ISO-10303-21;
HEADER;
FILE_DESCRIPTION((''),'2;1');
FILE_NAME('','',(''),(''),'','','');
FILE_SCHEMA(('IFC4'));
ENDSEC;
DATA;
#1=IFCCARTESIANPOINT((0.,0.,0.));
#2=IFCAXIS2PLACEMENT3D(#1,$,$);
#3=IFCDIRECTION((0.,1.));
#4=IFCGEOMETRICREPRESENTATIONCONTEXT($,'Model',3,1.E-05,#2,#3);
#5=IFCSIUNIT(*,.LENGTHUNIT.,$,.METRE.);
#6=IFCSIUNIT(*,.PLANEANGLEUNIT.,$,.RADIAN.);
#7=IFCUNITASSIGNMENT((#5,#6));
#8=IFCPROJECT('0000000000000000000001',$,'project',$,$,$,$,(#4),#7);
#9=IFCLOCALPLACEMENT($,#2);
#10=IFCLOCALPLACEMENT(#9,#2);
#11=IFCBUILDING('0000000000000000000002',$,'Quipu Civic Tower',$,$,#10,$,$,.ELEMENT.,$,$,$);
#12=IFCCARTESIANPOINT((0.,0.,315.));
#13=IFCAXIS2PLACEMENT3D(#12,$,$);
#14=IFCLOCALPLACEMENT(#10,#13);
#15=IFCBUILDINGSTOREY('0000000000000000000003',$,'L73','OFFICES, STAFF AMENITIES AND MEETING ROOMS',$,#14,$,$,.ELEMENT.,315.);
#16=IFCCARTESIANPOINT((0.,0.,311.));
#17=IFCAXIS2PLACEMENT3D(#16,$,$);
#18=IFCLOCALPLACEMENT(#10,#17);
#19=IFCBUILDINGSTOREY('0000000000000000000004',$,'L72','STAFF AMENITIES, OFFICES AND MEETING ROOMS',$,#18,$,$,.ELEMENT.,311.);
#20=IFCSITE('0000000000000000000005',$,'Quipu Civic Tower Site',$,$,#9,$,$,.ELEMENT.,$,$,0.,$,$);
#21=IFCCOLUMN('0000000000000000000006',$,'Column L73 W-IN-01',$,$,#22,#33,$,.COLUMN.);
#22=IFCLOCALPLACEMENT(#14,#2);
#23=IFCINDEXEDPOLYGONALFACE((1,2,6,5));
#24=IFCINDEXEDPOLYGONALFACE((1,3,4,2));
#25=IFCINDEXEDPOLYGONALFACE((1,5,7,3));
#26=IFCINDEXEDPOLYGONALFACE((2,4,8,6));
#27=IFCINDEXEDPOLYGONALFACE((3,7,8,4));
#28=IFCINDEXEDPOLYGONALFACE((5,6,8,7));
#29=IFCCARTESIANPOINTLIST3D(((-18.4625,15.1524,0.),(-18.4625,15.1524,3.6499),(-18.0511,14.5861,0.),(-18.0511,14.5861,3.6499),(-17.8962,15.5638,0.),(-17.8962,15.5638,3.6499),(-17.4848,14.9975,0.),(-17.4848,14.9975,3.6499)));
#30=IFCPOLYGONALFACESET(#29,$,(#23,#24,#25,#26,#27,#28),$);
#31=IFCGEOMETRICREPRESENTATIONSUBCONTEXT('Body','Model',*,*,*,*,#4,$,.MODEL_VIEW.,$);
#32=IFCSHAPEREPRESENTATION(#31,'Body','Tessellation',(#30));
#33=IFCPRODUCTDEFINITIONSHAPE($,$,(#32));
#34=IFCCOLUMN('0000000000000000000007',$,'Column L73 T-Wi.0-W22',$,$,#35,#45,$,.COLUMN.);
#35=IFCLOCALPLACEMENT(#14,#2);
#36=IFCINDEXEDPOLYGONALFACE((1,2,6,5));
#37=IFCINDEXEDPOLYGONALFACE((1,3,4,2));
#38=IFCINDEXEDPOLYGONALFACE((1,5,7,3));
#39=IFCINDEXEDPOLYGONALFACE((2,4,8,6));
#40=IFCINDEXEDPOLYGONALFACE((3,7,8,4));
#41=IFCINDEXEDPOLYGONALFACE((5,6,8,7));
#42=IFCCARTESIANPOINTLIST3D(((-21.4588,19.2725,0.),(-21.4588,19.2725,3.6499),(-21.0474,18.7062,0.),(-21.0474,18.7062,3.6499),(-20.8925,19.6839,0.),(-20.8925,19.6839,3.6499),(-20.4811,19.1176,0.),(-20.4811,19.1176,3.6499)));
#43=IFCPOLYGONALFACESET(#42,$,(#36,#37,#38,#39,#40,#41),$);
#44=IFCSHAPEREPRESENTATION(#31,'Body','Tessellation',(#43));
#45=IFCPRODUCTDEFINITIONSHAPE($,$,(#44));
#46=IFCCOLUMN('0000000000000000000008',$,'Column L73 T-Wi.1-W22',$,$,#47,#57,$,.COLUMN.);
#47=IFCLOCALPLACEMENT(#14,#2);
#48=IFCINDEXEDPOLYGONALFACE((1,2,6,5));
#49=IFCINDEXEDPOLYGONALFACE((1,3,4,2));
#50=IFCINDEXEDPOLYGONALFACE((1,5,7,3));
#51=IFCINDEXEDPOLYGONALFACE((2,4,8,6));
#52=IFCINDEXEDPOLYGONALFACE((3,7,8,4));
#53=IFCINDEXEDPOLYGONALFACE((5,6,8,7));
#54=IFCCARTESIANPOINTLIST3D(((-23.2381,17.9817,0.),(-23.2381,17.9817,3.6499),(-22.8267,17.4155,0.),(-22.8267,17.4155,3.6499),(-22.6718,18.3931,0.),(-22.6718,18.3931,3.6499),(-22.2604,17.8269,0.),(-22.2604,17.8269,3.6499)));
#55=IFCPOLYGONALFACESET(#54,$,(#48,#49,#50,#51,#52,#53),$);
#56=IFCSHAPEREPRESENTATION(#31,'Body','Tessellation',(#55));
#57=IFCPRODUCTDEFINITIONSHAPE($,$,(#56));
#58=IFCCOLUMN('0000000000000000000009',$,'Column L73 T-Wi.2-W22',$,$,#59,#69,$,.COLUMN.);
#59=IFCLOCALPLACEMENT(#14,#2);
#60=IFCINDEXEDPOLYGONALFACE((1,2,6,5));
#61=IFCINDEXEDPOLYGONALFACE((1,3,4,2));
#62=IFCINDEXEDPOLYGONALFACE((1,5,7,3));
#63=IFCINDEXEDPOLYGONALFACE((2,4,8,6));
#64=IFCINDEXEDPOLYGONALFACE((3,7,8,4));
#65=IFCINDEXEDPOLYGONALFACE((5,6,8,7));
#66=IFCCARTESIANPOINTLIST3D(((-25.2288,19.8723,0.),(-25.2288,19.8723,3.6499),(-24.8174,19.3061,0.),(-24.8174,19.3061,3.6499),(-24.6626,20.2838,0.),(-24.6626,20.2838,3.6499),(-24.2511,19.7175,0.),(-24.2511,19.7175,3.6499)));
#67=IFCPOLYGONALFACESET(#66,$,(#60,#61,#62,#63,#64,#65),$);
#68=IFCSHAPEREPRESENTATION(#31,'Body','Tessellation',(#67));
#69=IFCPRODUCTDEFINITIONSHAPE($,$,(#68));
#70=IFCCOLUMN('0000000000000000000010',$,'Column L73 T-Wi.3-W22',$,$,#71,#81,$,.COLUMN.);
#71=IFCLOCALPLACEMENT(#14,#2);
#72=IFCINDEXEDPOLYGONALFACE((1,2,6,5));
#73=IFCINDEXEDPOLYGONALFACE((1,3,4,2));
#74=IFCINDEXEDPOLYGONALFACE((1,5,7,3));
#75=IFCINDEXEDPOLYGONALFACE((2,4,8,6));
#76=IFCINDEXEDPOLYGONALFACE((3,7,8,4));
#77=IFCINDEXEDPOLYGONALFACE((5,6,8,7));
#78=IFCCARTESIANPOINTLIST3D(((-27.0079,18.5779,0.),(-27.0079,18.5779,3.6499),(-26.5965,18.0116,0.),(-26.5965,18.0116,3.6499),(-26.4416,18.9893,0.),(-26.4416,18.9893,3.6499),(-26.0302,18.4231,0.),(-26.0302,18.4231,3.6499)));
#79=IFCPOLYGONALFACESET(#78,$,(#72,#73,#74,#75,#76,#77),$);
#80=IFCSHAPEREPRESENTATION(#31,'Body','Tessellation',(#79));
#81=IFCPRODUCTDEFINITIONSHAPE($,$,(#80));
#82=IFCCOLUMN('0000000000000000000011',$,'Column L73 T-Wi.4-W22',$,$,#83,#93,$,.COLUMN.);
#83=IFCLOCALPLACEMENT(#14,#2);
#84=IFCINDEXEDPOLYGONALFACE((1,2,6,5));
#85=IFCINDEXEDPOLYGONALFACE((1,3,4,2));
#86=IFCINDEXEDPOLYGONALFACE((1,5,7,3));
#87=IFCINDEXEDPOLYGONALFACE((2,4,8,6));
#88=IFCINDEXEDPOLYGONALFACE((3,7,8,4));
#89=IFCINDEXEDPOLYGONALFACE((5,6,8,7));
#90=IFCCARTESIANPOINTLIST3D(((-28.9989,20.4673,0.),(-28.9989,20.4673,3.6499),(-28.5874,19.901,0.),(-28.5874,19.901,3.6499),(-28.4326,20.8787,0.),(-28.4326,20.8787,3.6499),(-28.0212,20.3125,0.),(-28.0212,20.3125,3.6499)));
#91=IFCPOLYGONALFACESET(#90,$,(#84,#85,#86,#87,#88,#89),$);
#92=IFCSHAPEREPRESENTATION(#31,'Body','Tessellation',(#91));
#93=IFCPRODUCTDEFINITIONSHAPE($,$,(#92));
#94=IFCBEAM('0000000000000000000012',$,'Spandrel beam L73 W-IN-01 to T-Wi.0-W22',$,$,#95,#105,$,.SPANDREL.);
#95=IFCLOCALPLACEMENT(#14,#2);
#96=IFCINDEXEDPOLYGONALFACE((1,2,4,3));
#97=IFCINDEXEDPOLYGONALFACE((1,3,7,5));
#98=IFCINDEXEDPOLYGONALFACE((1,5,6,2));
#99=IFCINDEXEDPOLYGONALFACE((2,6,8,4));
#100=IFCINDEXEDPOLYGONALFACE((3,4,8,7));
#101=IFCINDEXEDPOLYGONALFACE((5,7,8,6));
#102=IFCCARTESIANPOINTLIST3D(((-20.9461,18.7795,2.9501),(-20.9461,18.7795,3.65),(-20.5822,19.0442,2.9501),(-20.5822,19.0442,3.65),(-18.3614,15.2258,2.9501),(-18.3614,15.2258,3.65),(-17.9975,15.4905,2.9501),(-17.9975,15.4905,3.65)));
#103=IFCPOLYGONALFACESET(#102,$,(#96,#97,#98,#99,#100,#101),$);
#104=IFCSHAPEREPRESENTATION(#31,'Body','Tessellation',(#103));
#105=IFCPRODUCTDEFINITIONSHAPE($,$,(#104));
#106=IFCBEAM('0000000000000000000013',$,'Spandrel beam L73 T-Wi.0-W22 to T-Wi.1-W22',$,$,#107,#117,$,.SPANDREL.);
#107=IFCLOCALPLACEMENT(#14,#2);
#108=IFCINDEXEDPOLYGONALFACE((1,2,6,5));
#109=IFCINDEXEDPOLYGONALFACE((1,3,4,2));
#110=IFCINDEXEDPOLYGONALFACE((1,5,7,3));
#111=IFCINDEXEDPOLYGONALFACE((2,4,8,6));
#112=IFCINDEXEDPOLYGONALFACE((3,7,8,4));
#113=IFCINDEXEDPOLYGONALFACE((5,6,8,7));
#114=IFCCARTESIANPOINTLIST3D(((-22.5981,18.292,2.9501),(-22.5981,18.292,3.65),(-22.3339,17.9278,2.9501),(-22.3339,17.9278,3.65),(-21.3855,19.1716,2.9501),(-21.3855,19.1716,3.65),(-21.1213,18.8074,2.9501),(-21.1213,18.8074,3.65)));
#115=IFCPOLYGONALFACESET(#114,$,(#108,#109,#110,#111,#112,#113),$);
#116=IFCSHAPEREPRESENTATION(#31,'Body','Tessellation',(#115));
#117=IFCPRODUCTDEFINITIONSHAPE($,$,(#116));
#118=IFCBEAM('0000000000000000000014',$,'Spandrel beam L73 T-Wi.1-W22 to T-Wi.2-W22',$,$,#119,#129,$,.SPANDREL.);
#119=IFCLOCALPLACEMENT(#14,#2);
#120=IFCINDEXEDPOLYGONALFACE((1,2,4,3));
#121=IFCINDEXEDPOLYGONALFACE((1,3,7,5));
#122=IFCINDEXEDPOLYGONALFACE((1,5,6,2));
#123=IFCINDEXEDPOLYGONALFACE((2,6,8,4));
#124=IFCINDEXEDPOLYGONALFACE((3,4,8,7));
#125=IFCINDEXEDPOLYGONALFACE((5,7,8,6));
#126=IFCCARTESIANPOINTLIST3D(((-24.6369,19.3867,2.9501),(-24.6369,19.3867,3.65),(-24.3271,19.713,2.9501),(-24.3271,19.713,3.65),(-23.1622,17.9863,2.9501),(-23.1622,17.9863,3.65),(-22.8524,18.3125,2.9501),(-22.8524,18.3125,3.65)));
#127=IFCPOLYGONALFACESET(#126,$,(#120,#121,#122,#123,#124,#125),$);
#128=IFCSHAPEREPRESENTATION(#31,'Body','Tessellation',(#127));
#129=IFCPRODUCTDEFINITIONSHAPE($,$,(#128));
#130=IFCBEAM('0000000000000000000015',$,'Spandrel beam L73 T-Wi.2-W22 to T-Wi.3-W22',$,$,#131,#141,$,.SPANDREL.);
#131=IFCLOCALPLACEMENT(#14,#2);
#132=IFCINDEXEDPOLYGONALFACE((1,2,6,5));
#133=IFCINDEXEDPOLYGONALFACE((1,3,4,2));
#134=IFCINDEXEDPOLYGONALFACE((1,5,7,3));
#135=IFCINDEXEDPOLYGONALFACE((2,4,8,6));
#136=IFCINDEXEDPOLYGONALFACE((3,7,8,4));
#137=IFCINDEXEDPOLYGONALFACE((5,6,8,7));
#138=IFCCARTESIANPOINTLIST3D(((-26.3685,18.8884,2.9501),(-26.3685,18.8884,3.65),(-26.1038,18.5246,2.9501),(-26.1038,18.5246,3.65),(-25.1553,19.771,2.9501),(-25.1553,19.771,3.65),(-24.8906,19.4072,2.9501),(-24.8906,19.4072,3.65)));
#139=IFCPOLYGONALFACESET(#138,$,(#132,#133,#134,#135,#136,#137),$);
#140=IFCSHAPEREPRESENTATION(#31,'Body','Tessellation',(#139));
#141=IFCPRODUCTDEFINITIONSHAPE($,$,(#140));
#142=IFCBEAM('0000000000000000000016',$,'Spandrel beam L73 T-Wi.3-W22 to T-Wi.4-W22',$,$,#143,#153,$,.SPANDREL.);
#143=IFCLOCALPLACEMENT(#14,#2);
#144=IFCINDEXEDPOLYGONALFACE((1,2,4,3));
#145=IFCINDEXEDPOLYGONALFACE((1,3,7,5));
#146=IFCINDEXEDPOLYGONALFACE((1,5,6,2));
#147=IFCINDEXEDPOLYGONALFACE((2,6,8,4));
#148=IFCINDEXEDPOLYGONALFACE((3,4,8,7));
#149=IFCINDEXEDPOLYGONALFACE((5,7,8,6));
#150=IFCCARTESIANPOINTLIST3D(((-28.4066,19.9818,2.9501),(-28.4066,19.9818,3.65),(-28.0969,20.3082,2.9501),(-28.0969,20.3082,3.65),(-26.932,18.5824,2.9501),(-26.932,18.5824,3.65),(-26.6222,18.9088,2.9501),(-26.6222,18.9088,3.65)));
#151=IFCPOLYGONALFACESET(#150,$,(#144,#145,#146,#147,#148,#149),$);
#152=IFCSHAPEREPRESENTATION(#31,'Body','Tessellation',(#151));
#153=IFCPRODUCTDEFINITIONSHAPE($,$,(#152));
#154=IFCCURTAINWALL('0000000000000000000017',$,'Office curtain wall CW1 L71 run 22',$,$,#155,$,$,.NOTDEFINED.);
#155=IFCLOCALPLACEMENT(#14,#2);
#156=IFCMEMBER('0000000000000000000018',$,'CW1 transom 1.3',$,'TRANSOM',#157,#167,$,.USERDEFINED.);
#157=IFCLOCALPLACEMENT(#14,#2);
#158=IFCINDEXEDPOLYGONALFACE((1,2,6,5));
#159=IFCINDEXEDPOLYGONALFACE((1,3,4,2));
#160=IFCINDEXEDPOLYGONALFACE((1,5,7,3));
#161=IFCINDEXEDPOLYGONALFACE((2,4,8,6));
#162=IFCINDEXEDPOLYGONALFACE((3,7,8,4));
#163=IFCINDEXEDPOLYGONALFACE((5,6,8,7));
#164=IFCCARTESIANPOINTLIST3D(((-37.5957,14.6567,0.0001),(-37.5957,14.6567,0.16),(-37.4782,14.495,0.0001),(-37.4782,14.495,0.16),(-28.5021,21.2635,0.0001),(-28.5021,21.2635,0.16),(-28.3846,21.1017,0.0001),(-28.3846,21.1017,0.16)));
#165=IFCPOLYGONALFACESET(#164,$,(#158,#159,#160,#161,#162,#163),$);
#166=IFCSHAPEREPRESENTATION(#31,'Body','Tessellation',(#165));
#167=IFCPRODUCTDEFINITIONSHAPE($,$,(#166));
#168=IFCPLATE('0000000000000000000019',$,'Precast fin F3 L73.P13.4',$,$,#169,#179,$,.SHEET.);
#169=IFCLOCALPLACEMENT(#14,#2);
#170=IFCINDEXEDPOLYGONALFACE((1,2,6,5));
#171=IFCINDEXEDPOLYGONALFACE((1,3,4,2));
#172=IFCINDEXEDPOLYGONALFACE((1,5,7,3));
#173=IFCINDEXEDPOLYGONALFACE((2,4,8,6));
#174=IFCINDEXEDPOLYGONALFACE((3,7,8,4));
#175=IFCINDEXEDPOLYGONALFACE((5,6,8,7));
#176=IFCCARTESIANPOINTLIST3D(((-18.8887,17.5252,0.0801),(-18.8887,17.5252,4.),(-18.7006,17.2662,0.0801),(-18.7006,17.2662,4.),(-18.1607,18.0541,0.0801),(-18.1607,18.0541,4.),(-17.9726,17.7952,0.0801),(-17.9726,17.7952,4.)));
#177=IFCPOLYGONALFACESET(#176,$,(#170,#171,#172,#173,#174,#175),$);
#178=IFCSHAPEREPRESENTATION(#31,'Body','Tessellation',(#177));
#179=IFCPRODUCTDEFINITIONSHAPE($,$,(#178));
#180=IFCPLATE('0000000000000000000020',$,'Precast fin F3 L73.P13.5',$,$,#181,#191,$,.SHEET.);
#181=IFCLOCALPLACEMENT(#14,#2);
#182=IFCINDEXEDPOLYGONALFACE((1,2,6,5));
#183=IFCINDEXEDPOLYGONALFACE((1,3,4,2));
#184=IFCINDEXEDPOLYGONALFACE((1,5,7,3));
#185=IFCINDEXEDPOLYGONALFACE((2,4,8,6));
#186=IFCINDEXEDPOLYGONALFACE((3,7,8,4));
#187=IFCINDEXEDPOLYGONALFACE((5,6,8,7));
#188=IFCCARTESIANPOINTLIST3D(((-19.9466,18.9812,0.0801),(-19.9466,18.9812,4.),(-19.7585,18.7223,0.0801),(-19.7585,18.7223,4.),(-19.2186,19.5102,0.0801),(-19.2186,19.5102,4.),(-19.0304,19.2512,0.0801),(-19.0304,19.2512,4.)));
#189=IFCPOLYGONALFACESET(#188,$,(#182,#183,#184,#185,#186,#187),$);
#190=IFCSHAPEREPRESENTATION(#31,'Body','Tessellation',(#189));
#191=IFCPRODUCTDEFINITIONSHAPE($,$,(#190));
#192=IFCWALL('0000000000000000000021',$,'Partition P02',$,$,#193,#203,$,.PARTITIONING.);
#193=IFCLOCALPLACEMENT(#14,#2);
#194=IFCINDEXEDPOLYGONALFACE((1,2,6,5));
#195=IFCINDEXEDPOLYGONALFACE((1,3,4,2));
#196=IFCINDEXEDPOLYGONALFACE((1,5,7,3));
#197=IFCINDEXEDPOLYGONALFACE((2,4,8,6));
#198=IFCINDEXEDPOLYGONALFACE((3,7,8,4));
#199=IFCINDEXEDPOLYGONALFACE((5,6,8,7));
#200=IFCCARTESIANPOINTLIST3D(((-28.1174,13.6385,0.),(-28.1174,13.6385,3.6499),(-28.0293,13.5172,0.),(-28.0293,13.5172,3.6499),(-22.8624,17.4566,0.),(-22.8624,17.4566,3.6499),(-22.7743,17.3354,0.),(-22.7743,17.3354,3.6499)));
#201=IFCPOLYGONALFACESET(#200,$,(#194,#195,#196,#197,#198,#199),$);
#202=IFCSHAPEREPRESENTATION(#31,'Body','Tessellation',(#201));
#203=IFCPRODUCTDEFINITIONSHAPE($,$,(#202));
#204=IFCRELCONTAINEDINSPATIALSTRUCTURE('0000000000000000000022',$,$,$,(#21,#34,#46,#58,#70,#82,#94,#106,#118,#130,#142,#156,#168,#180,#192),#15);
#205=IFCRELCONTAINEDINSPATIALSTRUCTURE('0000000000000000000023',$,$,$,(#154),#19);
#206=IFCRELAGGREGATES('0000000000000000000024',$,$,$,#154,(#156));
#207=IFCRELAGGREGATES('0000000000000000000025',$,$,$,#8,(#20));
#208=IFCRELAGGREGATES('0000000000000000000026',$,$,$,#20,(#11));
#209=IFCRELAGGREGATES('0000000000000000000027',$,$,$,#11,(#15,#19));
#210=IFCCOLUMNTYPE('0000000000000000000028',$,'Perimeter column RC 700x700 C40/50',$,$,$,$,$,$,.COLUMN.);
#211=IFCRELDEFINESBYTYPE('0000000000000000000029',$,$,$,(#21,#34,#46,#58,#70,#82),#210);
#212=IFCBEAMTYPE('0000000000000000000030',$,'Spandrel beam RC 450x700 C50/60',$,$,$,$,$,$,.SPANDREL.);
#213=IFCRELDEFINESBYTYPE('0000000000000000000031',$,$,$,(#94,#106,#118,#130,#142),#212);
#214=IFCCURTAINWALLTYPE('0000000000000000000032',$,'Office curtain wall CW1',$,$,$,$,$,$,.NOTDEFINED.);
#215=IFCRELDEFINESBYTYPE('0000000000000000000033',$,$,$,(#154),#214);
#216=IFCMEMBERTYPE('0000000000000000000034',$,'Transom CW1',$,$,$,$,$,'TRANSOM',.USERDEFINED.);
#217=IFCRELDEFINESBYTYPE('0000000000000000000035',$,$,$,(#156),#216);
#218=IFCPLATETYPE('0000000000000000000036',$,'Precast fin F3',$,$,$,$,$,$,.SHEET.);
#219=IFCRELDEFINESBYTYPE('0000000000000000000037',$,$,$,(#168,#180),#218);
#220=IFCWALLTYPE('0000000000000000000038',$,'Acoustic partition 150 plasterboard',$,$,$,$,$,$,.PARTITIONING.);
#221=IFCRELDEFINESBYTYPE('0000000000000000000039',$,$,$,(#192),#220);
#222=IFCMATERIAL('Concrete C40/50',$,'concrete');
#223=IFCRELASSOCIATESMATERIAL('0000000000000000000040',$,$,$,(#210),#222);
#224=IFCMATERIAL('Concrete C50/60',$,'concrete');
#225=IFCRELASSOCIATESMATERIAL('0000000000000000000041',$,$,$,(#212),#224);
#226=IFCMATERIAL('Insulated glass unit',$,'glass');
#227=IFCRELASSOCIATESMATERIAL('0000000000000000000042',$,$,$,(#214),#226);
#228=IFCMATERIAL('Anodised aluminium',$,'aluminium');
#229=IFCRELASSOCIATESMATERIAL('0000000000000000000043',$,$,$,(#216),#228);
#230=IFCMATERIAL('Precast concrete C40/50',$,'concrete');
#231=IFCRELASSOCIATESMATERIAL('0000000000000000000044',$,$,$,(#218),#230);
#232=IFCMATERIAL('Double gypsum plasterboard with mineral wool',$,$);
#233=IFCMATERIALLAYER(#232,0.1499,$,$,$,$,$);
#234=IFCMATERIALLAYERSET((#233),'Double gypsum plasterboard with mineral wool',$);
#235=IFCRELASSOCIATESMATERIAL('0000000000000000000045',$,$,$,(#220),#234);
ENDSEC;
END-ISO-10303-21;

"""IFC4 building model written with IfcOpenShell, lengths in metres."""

from ifc_helpers import new_model, si_unit, direction, frame, frame_2d, origin, origin_2d, place, context, subcontext, project, spatial, rectangle, extrude, material, layer, layer_set, material_profile, profile_set, type_object, element, aggregate, save


model = new_model("IFC4")

# Units and contexts
model_context = context("Model", 3, precision=1e-05, world=origin(), true_north=direction((0.0, 1.0)))
body_context = subcontext(model_context, "Body", "Model", "MODEL_VIEW")
ifc_project = project(units=[si_unit("LENGTHUNIT", "METRE"), si_unit("PLANEANGLEUNIT", "RADIAN")], contexts=[model_context])

# Site, building, storey
site_placement = place(None, origin())
site = spatial("IfcSite", under=ifc_project, at=site_placement, Name="Quipu Civic Tower Site", CompositionType="ELEMENT", RefElevation=0.0)
building_placement = place(site_placement, origin())
building = spatial("IfcBuilding", under=site, at=building_placement, Name="Quipu Civic Tower", CompositionType="ELEMENT")
storey_1_placement = place(building_placement, frame((0.0, 0.0, 315.0)))
storey_1 = spatial("IfcBuildingStorey", under=building, at=storey_1_placement, Name="L73", Description="OFFICES, STAFF AMENITIES AND MEETING ROOMS", CompositionType="ELEMENT", Elevation=315.0)

# Columns
ifc_material_1 = material(Name="Concrete C40/50", Category="concrete")
ifc_material_profile_1 = material_profile(ifc_material_1, rectangle(XDim=0.7, YDim=0.7, at=origin_2d()), Name="RC700x700")
ifc_profile_set_1 = profile_set([ifc_material_profile_1], Name="Concrete C40/50")
column_type = type_object("IfcColumnType", Name="Perimeter column RC 700x700 C40/50", PredefinedType="COLUMN", material=ifc_profile_set_1)
for number, where, z_axis, x_axis, name in (
    (1, (-17.9736, 15.075, 0.0), (0.0, 0.0, 1.0), (-0.587785, 0.809017, 0.0), "Column L73 W-IN-01"),
    (2, (-20.97, 19.1951, 0.0), (0.0, 0.0, 1.0), (-0.587785, 0.809017, 0.0), "Column L73 T-Wi.0-W22"),
    (3, (-22.7493, 17.9043, 0.0), (0.0, 0.0, 1.0), (-0.587785, 0.809017, 0.0), "Column L73 T-Wi.1-W22"),
    (4, (-24.74, 19.7949, 0.0), (0.0, 0.0, 1.0), (-0.587785, 0.809017, 0.0), "Column L73 T-Wi.2-W22"),
    (5, (-26.519, 18.5005, 0.0), (0.0, 0.0, 1.0), (-0.587785, 0.809017, 0.0), "Column L73 T-Wi.3-W22"),
    (6, (-28.51, 20.3899, 0.0), (0.0, 0.0, 1.0), (-0.809017, -0.587785, 0.0), "Column L73 T-Wi.4-W22"),
):
    element("IfcColumn", number, at=place(storey_1_placement, frame(where, z_axis=z_axis, x_axis=x_axis)), inside=storey_1, type_object=column_type, Name=name, PredefinedType="COLUMN", context=body_context, shape_type="SweptSolid", body=[
        extrude(rectangle(XDim=0.7, YDim=0.7, at=origin_2d()), origin(), (0.0, 0.0, 1.0), 3.6499),
    ])

# Beams
ifc_material_2 = material(Name="Concrete C50/60", Category="concrete")
ifc_material_profile_2 = material_profile(ifc_material_2, rectangle(XDim=0.45, YDim=0.7, at=origin_2d()), Name="RC450x700")
ifc_profile_set_2 = profile_set([ifc_material_profile_2], Name="Concrete C50/60")
beam_type = type_object("IfcBeamType", Name="Spandrel beam RC 450x700 C50/60", PredefinedType="SPANDREL", material=ifc_profile_set_2)
beam_1_placement = place(storey_1_placement, frame((-18.1794, 15.3582, 3.3), z_axis=(-0.588201, 0.808714, 0.0), x_axis=(-0.808714, -0.588201, 0.0)))
element("IfcBeam", 7, at=beam_1_placement, inside=storey_1, type_object=beam_type, Name="Spandrel beam L73 W-IN-01 to T-Wi.0-W22", PredefinedType="SPANDREL", context=body_context, shape_type="SweptSolid", body=[
    extrude(rectangle(XDim=0.45, YDim=0.7, at=origin_2d()), origin(), (0.0, 0.0, 1.0), 4.3943),
])
beam_2_placement = place(storey_1_placement, frame((-21.2534, 18.9895, 3.3), z_axis=(-0.809461, -0.587173, 0.0), x_axis=(0.587173, -0.809461, 0.0)))
element("IfcBeam", 8, at=beam_2_placement, inside=storey_1, type_object=beam_type, Name="Spandrel beam L73 T-Wi.0-W22 to T-Wi.1-W22", PredefinedType="SPANDREL", context=body_context, shape_type="SweptSolid", body=[
    extrude(rectangle(XDim=0.45, YDim=0.7, at=origin_2d()), origin(), (0.0, 0.0, 1.0), 1.498),
])
beam_3_placement = place(storey_1_placement, frame((-23.0073, 18.1494, 3.3), z_axis=(-0.725119, 0.688623, 0.0), x_axis=(-0.688623, -0.725119, 0.0)))
element("IfcBeam", 9, at=beam_3_placement, inside=storey_1, type_object=beam_type, Name="Spandrel beam L73 T-Wi.1-W22 to T-Wi.2-W22", PredefinedType="SPANDREL", context=body_context, shape_type="SweptSolid", body=[
    extrude(rectangle(XDim=0.45, YDim=0.7, at=origin_2d()), origin(), (0.0, 0.0, 1.0), 2.0337),
])
beam_4_placement = place(storey_1_placement, frame((-25.0229, 19.5891, 3.3), z_axis=(-0.808645, -0.588297, 0.0), x_axis=(0.588297, -0.808645, 0.0)))
element("IfcBeam", 10, at=beam_4_placement, inside=storey_1, type_object=beam_type, Name="Spandrel beam L73 T-Wi.2-W22 to T-Wi.3-W22", PredefinedType="SPANDREL", context=body_context, shape_type="SweptSolid", body=[
    extrude(rectangle(XDim=0.45, YDim=0.7, at=origin_2d()), origin(), (0.0, 0.0, 1.0), 1.5002),
])
beam_5_placement = place(storey_1_placement, frame((-26.7771, 18.7456, 3.3), z_axis=(-0.725359, 0.688371, 0.0), x_axis=(-0.688371, -0.725359, 0.0)))
element("IfcBeam", 11, at=beam_5_placement, inside=storey_1, type_object=beam_type, Name="Spandrel beam L73 T-Wi.3-W22 to T-Wi.4-W22", PredefinedType="SPANDREL", context=body_context, shape_type="SweptSolid", body=[
    extrude(rectangle(XDim=0.45, YDim=0.7, at=origin_2d()), origin(), (0.0, 0.0, 1.0), 2.033),
])

# Shared definitions
storey_2_placement = place(building_placement, frame((0.0, 0.0, 311.0)))
storey_2 = spatial("IfcBuildingStorey", under=building, at=storey_2_placement, Name="L72", Description="STAFF AMENITIES, OFFICES AND MEETING ROOMS", CompositionType="ELEMENT", Elevation=311.0)

# Curtain wall, member
ifc_material_3 = material(Name="Insulated glass unit", Category="glass")
curtain_wall_type = type_object("IfcCurtainWallType", Name="Office curtain wall CW1", PredefinedType="NOTDEFINED", material=ifc_material_3)
curtain_wall_placement = place(storey_2_placement, origin())
curtain_wall = element("IfcCurtainWall", 12, at=curtain_wall_placement, inside=storey_2, type_object=curtain_wall_type, Name="Office curtain wall CW1 L71 run 22", PredefinedType="NOTDEFINED")
ifc_material_4 = material(Name="Anodised aluminium", Category="aluminium")
ifc_material_profile_3 = material_profile(ifc_material_4, rectangle(XDim=0.2, YDim=0.1599, at=origin_2d()), Name="RECT 200x160")
ifc_profile_set_3 = profile_set([ifc_material_profile_3], Name="Anodised aluminium")
member_type = type_object("IfcMemberType", Name="Transom CW1", ElementType="TRANSOM", PredefinedType="USERDEFINED", material=ifc_profile_set_3)
member_placement = place(storey_1_placement, frame((-28.4434, 21.1826, 0.0801), z_axis=(-0.809022, -0.587778, 0.0), x_axis=(0.587778, -0.809022, 0.0)))
member = element("IfcMember", 13, at=member_placement, inside=storey_1, type_object=member_type, Name="CW1 transom 1.3", ObjectType="TRANSOM", PredefinedType="USERDEFINED", context=body_context, shape_type="SweptSolid", body=[
    extrude(rectangle(XDim=0.2, YDim=0.1599, at=origin_2d()), origin(), (0.0, 0.0, 1.0), 11.2402),
])
aggregate(curtain_wall, [member])

# Plates
ifc_material_5 = material(Name="Precast concrete C40/50", Category="concrete")
plate_type = type_object("IfcPlateType", Name="Precast fin F3", PredefinedType="SHEET", material=ifc_material_5)
for number, where, z_axis, x_axis, name in (
    (14, (-18.4307, 17.6602, 0.0801), (0.0, 0.0, 1.0), (-0.587784, 0.809018, 0.0), "Precast fin F3 L73.P13.4"),
    (15, (-19.4885, 19.1162, 0.0801), (0.0, 0.0, 1.0), (-0.587784, 0.809018, 0.0), "Precast fin F3 L73.P13.5"),
):
    element("IfcPlate", number, at=place(storey_1_placement, frame(where, z_axis=z_axis, x_axis=x_axis)), inside=storey_1, type_object=plate_type, Name=name, PredefinedType="SHEET", context=body_context, shape_type="SweptSolid", body=[
        extrude(rectangle(XDim=0.3201, YDim=0.8999, at=origin_2d()), origin(), (0.0, 0.0, 1.0), 3.9199),
    ])

# Wall
ifc_material_6 = material(Name="Double gypsum plasterboard with mineral wool")
ifc_layer_1 = layer(ifc_material_6, 0.1499)
ifc_layer_set_1 = layer_set([ifc_layer_1], Name="Double gypsum plasterboard with mineral wool")
wall_type_1 = type_object("IfcWallType", Name="Acoustic partition 150 plasterboard", PredefinedType="PARTITIONING", material=ifc_layer_set_1)
wall_1_placement = place(storey_1_placement, frame((-22.8184, 17.396, 0.0), z_axis=(0.0, 0.0, 1.0), x_axis=(-0.809001, -0.587807, 0.0)))
element("IfcWall", 16, at=wall_1_placement, inside=storey_1, type_object=wall_type_1, Name="Partition P02", PredefinedType="PARTITIONING", context=body_context, shape_type="SweptSolid", body=[
    extrude(rectangle(XDim=6.4956, YDim=0.1499, at=frame_2d((3.2478, 0.0))), origin(), (0.0, 0.0, 1.0), 3.6499),
])

save(model, "model.ifc")
